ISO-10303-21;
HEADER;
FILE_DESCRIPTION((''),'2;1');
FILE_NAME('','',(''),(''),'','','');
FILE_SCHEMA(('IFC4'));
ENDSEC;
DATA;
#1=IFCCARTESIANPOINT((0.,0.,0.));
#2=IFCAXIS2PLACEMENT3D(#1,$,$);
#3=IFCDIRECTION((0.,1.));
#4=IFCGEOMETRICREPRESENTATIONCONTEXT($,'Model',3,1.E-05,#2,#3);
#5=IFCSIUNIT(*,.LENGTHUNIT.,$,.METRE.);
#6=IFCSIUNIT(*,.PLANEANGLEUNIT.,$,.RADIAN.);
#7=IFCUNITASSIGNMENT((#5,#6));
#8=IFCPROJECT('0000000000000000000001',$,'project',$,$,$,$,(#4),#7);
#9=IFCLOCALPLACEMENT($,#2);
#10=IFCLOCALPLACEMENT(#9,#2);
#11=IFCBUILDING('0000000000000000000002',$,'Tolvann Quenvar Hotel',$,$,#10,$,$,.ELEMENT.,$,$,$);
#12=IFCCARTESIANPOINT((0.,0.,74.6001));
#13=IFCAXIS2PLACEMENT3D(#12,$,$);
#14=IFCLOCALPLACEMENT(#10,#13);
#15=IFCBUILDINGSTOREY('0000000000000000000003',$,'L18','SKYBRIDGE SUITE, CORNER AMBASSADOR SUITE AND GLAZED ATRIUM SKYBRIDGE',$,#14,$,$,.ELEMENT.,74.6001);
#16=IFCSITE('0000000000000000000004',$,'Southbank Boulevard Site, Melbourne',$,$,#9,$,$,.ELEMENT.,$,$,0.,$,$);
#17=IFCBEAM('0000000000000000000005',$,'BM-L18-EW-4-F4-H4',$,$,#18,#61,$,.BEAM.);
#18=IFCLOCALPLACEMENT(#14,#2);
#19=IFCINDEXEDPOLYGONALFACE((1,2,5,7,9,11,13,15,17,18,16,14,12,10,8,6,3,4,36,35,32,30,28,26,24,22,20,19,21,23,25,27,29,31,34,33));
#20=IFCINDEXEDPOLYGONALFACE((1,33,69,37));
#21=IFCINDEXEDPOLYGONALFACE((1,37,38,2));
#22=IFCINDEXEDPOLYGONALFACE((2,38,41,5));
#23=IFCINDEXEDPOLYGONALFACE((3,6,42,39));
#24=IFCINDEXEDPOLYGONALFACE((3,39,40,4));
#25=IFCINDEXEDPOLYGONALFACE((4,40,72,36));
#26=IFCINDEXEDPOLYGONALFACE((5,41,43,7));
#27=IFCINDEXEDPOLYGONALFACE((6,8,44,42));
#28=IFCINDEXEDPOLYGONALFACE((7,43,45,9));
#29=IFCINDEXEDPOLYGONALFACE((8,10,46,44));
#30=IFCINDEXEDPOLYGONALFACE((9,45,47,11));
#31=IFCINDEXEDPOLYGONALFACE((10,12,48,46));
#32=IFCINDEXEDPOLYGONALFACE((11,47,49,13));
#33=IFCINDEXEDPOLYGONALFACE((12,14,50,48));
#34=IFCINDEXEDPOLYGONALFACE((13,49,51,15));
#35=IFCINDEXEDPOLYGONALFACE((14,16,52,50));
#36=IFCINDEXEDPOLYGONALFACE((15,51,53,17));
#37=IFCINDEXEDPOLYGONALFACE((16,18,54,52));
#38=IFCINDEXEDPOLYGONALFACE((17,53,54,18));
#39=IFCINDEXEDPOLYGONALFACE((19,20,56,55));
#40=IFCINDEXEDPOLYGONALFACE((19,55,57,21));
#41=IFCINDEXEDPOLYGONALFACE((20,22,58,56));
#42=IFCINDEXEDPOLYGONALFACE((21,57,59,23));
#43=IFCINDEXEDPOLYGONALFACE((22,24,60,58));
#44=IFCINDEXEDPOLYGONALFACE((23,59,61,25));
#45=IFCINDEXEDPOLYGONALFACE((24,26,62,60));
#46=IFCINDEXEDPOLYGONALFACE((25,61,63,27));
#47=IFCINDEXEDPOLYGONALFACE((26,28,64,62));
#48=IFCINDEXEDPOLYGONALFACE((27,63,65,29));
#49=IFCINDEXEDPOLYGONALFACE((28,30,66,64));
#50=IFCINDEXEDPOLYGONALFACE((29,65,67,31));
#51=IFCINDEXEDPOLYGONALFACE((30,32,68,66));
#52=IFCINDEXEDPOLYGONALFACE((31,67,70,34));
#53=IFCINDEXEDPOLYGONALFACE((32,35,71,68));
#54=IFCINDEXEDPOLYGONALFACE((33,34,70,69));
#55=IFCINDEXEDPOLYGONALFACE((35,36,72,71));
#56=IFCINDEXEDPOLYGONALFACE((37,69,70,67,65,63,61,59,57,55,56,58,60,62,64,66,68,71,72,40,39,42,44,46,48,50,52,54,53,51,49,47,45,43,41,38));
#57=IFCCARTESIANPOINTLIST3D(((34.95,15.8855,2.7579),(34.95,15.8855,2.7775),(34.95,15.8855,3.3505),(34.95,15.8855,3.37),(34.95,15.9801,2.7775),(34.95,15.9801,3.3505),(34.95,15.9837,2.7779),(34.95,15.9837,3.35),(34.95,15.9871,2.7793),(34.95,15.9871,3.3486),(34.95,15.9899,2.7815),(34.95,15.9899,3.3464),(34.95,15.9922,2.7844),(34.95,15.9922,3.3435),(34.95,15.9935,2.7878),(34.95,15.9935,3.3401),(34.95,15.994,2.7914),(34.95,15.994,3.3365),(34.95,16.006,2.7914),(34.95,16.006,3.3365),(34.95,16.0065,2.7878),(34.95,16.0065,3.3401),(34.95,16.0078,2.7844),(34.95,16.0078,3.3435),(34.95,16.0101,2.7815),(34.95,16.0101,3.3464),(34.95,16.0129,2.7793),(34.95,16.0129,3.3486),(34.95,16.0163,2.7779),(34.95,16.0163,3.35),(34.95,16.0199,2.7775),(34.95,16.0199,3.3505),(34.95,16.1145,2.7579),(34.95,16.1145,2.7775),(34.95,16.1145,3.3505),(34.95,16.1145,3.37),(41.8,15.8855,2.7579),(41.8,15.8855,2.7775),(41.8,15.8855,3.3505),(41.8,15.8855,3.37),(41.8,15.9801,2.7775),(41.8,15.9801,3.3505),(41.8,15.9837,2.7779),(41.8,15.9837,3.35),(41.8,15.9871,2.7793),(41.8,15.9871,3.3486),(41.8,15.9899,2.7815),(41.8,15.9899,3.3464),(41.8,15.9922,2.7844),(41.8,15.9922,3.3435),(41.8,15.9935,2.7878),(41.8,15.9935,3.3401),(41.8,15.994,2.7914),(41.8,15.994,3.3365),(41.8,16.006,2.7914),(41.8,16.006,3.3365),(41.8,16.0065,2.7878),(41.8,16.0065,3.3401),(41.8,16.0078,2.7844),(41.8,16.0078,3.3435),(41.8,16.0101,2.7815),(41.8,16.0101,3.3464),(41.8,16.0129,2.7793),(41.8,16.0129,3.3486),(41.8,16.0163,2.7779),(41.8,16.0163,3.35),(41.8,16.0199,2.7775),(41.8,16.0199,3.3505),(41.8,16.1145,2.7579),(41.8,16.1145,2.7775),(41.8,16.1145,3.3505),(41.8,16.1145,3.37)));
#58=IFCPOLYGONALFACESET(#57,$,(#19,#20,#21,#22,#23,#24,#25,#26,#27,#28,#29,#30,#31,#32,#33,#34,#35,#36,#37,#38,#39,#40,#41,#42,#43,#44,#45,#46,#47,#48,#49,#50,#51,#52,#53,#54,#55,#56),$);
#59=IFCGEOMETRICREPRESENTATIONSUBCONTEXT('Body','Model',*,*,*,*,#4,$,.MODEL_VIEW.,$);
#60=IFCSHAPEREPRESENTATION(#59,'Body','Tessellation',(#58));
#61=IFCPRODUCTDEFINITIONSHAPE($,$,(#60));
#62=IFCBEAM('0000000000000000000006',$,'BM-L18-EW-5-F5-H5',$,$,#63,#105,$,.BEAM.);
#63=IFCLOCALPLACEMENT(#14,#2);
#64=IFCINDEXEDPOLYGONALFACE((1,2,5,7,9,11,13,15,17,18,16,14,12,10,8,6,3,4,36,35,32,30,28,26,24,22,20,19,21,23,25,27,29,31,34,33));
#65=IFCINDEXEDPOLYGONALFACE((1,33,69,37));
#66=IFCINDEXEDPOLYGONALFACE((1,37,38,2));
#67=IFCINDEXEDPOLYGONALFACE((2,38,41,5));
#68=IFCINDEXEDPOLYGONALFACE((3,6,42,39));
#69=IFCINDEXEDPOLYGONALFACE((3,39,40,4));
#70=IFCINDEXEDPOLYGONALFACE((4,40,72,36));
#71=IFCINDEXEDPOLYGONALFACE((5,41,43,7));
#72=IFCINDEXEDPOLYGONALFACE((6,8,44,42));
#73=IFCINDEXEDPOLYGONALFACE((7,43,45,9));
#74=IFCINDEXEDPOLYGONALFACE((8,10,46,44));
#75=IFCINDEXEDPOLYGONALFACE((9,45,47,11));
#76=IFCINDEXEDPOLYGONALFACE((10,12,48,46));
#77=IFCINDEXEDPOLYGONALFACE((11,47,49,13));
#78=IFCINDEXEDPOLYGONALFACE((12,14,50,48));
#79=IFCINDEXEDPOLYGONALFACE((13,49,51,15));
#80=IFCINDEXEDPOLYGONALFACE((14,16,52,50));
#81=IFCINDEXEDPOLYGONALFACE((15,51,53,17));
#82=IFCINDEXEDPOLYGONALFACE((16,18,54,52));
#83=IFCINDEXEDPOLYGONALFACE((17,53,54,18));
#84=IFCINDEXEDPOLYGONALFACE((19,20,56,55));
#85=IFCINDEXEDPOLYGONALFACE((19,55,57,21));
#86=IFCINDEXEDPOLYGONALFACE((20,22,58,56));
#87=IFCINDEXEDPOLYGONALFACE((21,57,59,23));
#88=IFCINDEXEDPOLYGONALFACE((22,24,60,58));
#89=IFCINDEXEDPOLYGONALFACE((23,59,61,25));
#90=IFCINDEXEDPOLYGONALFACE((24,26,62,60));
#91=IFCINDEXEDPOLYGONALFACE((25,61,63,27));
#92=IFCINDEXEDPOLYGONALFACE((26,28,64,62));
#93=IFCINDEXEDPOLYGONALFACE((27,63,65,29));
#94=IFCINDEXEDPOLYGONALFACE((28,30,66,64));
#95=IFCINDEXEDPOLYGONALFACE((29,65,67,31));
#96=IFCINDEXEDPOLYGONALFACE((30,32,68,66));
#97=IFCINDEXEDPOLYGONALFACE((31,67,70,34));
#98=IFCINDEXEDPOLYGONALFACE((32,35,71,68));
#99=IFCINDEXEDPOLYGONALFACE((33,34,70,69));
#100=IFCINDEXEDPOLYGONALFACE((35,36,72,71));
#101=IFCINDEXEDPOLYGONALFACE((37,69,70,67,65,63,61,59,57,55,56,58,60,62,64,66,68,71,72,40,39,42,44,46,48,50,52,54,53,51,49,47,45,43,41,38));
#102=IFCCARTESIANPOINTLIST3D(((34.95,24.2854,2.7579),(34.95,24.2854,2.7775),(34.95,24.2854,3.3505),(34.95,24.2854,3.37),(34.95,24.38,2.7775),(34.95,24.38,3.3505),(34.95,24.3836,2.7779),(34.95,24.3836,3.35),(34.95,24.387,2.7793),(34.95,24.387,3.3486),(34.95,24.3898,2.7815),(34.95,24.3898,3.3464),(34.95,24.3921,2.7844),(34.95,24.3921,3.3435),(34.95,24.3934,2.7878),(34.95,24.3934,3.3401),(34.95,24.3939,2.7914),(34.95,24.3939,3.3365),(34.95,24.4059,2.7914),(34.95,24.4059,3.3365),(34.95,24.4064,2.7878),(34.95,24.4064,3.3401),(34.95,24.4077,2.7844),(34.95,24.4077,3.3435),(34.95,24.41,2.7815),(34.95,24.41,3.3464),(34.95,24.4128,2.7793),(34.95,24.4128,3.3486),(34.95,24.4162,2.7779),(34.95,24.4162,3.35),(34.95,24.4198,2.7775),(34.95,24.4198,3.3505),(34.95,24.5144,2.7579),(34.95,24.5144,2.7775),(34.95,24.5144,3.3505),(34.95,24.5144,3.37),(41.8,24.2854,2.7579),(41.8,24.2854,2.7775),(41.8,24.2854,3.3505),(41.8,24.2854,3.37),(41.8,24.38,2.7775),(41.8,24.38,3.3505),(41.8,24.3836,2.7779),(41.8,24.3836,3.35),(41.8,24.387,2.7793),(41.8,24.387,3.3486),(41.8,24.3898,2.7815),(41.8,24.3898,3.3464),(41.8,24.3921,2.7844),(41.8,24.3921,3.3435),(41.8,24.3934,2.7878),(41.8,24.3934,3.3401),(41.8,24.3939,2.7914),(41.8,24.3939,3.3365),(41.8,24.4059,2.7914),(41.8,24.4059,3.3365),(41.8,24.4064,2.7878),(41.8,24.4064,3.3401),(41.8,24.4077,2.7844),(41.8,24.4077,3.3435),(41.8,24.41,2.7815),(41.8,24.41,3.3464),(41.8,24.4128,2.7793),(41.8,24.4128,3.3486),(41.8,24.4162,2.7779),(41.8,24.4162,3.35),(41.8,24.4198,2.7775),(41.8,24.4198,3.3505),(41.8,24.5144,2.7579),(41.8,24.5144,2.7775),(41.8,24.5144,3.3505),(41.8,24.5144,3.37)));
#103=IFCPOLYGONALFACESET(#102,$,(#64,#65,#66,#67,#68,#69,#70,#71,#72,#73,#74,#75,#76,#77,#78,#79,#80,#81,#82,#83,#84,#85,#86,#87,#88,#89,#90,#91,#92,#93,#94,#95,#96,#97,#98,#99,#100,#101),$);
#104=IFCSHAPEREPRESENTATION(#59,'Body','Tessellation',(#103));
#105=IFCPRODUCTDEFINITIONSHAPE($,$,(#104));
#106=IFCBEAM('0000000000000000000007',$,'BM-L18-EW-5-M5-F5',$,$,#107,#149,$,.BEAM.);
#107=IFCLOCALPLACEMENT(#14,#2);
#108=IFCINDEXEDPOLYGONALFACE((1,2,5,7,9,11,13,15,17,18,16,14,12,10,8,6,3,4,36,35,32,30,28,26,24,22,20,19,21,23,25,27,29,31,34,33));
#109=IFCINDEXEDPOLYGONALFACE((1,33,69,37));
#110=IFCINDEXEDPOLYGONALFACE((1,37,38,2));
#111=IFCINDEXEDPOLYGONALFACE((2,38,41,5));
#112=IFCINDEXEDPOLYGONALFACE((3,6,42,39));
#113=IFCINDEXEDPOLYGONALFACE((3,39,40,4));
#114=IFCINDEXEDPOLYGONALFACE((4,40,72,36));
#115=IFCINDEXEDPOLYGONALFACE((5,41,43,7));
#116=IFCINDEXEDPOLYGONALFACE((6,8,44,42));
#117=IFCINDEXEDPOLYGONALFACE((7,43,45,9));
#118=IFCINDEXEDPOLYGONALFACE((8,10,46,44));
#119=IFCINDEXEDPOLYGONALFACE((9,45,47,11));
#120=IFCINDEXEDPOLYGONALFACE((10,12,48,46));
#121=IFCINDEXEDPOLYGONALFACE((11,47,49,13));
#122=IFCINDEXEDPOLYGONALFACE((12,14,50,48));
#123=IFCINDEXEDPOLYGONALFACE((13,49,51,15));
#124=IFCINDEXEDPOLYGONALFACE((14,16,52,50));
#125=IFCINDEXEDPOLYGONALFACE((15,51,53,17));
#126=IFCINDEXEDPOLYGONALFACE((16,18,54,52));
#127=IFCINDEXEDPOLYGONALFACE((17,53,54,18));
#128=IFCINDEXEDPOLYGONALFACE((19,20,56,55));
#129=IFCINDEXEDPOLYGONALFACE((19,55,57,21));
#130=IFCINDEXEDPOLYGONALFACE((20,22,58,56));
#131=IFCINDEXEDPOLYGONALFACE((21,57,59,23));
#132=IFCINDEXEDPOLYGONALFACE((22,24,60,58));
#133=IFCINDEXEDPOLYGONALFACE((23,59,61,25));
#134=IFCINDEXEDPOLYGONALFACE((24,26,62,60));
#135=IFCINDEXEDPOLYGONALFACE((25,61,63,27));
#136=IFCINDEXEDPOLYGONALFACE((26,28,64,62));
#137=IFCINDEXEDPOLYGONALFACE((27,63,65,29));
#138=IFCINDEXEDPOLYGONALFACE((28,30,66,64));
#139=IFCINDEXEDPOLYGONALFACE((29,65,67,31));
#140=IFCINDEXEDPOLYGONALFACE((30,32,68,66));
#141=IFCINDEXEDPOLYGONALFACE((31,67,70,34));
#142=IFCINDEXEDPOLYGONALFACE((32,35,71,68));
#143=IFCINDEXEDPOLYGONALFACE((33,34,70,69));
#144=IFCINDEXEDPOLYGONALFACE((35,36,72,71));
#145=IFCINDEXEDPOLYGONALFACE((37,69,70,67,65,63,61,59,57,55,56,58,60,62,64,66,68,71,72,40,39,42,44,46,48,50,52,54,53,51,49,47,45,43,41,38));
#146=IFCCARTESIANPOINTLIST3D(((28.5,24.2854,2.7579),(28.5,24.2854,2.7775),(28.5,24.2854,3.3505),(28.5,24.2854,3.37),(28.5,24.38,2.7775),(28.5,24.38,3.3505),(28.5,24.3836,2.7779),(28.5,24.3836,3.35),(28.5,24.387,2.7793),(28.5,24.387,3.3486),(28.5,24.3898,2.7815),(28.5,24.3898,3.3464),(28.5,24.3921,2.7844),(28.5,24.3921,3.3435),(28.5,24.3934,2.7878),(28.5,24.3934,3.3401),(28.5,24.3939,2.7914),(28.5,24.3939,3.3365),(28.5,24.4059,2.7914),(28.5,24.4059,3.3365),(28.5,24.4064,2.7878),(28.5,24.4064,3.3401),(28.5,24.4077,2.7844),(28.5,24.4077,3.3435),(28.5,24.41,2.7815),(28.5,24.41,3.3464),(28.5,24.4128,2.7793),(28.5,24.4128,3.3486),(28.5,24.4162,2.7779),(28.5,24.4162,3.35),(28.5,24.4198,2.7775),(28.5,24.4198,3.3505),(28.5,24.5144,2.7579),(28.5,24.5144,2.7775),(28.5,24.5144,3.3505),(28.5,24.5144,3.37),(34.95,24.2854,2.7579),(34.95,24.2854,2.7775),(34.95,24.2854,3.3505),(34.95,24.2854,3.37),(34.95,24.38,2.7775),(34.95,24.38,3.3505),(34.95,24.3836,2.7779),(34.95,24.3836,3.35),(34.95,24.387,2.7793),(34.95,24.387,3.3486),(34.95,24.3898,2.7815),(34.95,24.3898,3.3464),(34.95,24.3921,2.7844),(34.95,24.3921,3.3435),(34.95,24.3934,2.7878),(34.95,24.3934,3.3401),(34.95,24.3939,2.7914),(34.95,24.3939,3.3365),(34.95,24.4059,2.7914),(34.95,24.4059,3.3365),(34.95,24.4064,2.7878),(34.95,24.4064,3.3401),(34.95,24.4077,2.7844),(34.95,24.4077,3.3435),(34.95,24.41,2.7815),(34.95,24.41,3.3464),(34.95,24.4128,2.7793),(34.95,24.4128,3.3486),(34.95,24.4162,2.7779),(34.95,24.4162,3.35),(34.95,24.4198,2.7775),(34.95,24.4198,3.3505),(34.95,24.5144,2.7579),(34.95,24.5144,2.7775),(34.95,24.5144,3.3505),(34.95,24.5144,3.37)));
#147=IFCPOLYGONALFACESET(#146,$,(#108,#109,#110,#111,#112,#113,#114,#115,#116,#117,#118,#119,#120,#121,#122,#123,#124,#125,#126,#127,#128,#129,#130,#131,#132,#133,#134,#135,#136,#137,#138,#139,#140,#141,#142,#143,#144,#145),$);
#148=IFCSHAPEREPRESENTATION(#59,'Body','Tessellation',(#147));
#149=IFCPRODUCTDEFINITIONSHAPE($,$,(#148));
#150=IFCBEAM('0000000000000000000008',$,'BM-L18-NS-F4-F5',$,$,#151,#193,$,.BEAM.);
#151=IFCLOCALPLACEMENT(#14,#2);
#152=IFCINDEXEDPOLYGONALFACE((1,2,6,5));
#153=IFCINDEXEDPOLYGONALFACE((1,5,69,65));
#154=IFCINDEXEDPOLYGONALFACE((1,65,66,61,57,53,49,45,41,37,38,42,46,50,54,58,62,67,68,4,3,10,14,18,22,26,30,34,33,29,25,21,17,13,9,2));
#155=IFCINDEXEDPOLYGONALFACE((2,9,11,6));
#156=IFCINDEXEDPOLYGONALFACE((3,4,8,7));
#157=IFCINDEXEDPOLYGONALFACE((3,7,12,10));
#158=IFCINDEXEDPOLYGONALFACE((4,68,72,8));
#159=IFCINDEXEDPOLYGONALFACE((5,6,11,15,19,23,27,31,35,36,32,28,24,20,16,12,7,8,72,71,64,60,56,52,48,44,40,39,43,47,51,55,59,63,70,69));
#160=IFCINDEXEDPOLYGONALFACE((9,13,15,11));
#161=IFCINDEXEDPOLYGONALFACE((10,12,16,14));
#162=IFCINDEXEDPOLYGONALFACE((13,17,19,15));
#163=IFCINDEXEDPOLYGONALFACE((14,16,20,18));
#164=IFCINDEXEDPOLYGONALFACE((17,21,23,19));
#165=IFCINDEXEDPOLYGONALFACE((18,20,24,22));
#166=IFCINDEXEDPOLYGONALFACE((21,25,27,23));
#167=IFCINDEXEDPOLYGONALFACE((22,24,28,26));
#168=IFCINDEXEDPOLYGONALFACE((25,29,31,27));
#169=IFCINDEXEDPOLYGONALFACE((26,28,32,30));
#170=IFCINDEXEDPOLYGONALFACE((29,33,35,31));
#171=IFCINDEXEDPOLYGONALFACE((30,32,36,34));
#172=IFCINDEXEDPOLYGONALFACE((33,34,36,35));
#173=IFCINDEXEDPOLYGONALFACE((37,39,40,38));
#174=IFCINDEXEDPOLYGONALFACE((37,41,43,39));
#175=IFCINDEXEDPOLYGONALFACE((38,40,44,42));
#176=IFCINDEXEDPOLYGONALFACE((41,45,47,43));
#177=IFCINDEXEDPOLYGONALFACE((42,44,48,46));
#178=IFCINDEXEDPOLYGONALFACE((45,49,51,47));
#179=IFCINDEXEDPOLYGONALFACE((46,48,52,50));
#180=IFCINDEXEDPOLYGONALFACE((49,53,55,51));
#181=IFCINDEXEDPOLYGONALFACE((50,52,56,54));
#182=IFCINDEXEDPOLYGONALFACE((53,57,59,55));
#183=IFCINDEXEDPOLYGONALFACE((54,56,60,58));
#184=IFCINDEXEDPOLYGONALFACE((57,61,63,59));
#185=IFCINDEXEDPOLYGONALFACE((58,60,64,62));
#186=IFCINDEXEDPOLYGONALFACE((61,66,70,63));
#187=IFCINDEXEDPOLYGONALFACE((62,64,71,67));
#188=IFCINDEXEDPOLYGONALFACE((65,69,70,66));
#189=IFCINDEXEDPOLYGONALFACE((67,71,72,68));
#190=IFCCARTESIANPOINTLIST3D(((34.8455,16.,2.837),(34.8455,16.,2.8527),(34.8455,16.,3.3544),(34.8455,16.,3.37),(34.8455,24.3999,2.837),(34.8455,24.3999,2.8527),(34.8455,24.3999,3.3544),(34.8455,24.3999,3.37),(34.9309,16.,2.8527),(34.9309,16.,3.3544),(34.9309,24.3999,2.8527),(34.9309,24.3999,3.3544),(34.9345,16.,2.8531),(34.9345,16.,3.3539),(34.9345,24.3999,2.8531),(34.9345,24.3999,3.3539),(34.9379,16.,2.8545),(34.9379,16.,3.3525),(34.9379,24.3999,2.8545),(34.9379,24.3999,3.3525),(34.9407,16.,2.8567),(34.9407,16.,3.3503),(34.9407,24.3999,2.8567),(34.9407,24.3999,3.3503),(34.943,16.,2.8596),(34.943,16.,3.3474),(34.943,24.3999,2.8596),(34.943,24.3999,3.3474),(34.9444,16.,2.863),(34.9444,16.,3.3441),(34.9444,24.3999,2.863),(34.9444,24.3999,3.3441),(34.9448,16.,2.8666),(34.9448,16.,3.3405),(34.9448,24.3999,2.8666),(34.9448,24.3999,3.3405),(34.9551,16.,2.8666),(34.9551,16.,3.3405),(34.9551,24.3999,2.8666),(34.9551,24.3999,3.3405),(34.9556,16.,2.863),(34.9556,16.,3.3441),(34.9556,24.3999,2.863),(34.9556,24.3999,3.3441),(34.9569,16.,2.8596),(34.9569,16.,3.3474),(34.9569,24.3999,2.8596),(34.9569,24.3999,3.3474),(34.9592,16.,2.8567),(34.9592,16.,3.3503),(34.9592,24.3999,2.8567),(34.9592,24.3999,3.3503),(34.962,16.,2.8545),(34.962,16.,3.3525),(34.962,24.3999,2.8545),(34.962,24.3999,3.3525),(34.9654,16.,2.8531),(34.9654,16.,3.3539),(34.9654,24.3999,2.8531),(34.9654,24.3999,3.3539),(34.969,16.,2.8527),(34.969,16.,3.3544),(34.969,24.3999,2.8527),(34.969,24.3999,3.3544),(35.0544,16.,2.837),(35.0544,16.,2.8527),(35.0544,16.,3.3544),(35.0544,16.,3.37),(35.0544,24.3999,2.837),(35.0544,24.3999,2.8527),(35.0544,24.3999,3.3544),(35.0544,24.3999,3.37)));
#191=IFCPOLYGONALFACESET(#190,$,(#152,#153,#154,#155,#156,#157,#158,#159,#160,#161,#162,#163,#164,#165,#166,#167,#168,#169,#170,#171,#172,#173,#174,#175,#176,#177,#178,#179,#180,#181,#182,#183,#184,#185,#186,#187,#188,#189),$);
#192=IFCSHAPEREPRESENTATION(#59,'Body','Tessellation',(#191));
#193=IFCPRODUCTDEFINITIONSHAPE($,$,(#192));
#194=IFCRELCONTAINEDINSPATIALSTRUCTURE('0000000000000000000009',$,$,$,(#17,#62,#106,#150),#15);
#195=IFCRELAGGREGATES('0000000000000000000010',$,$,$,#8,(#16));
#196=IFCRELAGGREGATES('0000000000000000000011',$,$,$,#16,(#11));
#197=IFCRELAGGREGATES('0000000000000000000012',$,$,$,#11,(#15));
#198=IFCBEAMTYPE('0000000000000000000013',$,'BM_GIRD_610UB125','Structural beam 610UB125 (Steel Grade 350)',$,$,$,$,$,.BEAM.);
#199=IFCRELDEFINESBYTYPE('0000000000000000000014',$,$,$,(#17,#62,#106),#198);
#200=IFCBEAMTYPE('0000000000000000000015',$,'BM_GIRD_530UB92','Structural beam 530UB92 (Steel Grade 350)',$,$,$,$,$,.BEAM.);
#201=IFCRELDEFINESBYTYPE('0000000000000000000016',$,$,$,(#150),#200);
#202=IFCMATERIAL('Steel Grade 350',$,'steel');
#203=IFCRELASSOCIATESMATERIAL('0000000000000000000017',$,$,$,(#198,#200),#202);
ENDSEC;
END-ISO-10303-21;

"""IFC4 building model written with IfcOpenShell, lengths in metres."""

from ifc_helpers import new_model, si_unit, direction, frame, origin, origin_2d, place, context, subcontext, project, spatial, i_section, extrude, source, transform, mapped, material, material_profile, profile_set, type_object, type_shapes, element, save


model = new_model("IFC4")

# Units and contexts
model_context = context("Model", 3, precision=1e-05, world=origin(), true_north=direction((0.0, 1.0)))
body_context = subcontext(model_context, "Body", "Model", "MODEL_VIEW")
ifc_project = project(units=[si_unit("LENGTHUNIT", "METRE"), si_unit("PLANEANGLEUNIT", "RADIAN")], contexts=[model_context])

# Site, building, storey
site_placement = place(None, origin())
site = spatial("IfcSite", under=ifc_project, at=site_placement, Name="Southbank Boulevard Site, Melbourne", CompositionType="ELEMENT", RefElevation=0.0)
building_placement = place(site_placement, origin())
building = spatial("IfcBuilding", under=site, at=building_placement, Name="Tolvann Quenvar Hotel", CompositionType="ELEMENT")
storey_placement = place(building_placement, frame((0.0, 0.0, 74.6001)))
storey = spatial("IfcBuildingStorey", under=building, at=storey_placement, Name="L18", Description="SKYBRIDGE SUITE, CORNER AMBASSADOR SUITE AND GLAZED ATRIUM SKYBRIDGE", CompositionType="ELEMENT", Elevation=74.6001)

# Shared definitions
ifc_material_1 = material(Name="Steel Grade 350", Category="steel")

# Beams
ifc_material_profile_1 = material_profile(ifc_material_1, i_section(OverallWidth=0.229, OverallDepth=0.6121, WebThickness=0.012, FlangeThickness=0.0195, FilletRadius=0.0139, at=origin_2d()), Name="610UB125")
ifc_profile_set_1 = profile_set([ifc_material_profile_1], Name="Steel Grade 350")
beam_type_1 = type_object("IfcBeamType", Name="BM_GIRD_610UB125", Description="Structural beam 610UB125 (Steel Grade 350)", PredefinedType="BEAM", material=ifc_profile_set_1)
shared_shape_1 = source(origin(), body_context, "Body", "SweptSolid", [
    extrude(i_section(OverallWidth=0.229, OverallDepth=0.6121, WebThickness=0.012, FlangeThickness=0.0195, FilletRadius=0.0139, at=origin_2d()), origin(), (0.0, 0.0, 1.0), 6.8501),
])
for number, where, z_axis, x_axis, name in (
    (1, (34.95, 16.0, 3.064), (1.0, 0.0, 0.0), (0.0, 1.0, 0.0), "BM-L18-EW-4-F4-H4"),
    (2, (34.95, 24.3999, 3.064), (1.0, 0.0, 0.0), (0.0, 1.0, 0.0), "BM-L18-EW-5-F5-H5"),
):
    element("IfcBeam", number, at=place(storey_placement, frame(where, z_axis=z_axis, x_axis=x_axis)), inside=storey, type_object=beam_type_1, Name=name, PredefinedType="BEAM", context=body_context, shape_type="MappedRepresentation", body=[
        mapped(shared_shape_1, transform((0.0, 0.0, 0.0), x_axis=(1.0, 0.0, 0.0), y_axis=(0.0, 1.0, 0.0), z_axis=(0.0, 0.0, 1.0), scale=1.0)),
    ])
shared_shape_2 = source(origin(), body_context, "Body", "SweptSolid", [
    extrude(i_section(OverallWidth=0.229, OverallDepth=0.6121, WebThickness=0.012, FlangeThickness=0.0195, FilletRadius=0.0139, at=origin_2d()), origin(), (0.0, 0.0, 1.0), 6.45),
])
beam_1_placement = place(storey_placement, frame((28.5, 24.3999, 3.064), z_axis=(1.0, 0.0, 0.0), x_axis=(0.0, 1.0, 0.0)))
element("IfcBeam", 3, at=beam_1_placement, inside=storey, type_object=beam_type_1, Name="BM-L18-EW-5-M5-F5", PredefinedType="BEAM", context=body_context, shape_type="MappedRepresentation", body=[
    mapped(shared_shape_2, transform((0.0, 0.0, 0.0), x_axis=(1.0, 0.0, 0.0), y_axis=(0.0, 1.0, 0.0), z_axis=(0.0, 0.0, 1.0), scale=1.0)),
])
ifc_material_profile_2 = material_profile(ifc_material_1, i_section(OverallWidth=0.209, OverallDepth=0.533, WebThickness=0.0103, FlangeThickness=0.0156, FilletRadius=0.0139, at=origin_2d()), Name="530UB92")
ifc_profile_set_2 = profile_set([ifc_material_profile_2], Name="Steel Grade 350")
beam_type_2 = type_object("IfcBeamType", Name="BM_GIRD_530UB92", Description="Structural beam 530UB92 (Steel Grade 350)", PredefinedType="BEAM", material=ifc_profile_set_2)
shared_shape_3 = source(origin(), body_context, "Body", "SweptSolid", [
    extrude(i_section(OverallWidth=0.209, OverallDepth=0.533, WebThickness=0.0103, FlangeThickness=0.0156, FilletRadius=0.0139, at=origin_2d()), origin(), (0.0, 0.0, 1.0), 8.3999),
])
type_shapes(beam_type_2, [shared_shape_3])
for number, where, z_axis, x_axis, name in (
    (4, (34.95, 16.0, 3.1035), (0.0, 1.0, 0.0), (-1.0, 0.0, 0.0), "BM-L18-NS-F4-F5"),
):
    element("IfcBeam", number, at=place(storey_placement, frame(where, z_axis=z_axis, x_axis=x_axis)), inside=storey, type_object=beam_type_2, Name=name, PredefinedType="BEAM", context=body_context, shape_type="MappedRepresentation", body=[
        mapped(shared_shape_3, transform((0.0, 0.0, 0.0), x_axis=(1.0, 0.0, 0.0), y_axis=(0.0, 1.0, 0.0), z_axis=(0.0, 0.0, 1.0), scale=1.0)),
    ])

save(model, "model.ifc")
